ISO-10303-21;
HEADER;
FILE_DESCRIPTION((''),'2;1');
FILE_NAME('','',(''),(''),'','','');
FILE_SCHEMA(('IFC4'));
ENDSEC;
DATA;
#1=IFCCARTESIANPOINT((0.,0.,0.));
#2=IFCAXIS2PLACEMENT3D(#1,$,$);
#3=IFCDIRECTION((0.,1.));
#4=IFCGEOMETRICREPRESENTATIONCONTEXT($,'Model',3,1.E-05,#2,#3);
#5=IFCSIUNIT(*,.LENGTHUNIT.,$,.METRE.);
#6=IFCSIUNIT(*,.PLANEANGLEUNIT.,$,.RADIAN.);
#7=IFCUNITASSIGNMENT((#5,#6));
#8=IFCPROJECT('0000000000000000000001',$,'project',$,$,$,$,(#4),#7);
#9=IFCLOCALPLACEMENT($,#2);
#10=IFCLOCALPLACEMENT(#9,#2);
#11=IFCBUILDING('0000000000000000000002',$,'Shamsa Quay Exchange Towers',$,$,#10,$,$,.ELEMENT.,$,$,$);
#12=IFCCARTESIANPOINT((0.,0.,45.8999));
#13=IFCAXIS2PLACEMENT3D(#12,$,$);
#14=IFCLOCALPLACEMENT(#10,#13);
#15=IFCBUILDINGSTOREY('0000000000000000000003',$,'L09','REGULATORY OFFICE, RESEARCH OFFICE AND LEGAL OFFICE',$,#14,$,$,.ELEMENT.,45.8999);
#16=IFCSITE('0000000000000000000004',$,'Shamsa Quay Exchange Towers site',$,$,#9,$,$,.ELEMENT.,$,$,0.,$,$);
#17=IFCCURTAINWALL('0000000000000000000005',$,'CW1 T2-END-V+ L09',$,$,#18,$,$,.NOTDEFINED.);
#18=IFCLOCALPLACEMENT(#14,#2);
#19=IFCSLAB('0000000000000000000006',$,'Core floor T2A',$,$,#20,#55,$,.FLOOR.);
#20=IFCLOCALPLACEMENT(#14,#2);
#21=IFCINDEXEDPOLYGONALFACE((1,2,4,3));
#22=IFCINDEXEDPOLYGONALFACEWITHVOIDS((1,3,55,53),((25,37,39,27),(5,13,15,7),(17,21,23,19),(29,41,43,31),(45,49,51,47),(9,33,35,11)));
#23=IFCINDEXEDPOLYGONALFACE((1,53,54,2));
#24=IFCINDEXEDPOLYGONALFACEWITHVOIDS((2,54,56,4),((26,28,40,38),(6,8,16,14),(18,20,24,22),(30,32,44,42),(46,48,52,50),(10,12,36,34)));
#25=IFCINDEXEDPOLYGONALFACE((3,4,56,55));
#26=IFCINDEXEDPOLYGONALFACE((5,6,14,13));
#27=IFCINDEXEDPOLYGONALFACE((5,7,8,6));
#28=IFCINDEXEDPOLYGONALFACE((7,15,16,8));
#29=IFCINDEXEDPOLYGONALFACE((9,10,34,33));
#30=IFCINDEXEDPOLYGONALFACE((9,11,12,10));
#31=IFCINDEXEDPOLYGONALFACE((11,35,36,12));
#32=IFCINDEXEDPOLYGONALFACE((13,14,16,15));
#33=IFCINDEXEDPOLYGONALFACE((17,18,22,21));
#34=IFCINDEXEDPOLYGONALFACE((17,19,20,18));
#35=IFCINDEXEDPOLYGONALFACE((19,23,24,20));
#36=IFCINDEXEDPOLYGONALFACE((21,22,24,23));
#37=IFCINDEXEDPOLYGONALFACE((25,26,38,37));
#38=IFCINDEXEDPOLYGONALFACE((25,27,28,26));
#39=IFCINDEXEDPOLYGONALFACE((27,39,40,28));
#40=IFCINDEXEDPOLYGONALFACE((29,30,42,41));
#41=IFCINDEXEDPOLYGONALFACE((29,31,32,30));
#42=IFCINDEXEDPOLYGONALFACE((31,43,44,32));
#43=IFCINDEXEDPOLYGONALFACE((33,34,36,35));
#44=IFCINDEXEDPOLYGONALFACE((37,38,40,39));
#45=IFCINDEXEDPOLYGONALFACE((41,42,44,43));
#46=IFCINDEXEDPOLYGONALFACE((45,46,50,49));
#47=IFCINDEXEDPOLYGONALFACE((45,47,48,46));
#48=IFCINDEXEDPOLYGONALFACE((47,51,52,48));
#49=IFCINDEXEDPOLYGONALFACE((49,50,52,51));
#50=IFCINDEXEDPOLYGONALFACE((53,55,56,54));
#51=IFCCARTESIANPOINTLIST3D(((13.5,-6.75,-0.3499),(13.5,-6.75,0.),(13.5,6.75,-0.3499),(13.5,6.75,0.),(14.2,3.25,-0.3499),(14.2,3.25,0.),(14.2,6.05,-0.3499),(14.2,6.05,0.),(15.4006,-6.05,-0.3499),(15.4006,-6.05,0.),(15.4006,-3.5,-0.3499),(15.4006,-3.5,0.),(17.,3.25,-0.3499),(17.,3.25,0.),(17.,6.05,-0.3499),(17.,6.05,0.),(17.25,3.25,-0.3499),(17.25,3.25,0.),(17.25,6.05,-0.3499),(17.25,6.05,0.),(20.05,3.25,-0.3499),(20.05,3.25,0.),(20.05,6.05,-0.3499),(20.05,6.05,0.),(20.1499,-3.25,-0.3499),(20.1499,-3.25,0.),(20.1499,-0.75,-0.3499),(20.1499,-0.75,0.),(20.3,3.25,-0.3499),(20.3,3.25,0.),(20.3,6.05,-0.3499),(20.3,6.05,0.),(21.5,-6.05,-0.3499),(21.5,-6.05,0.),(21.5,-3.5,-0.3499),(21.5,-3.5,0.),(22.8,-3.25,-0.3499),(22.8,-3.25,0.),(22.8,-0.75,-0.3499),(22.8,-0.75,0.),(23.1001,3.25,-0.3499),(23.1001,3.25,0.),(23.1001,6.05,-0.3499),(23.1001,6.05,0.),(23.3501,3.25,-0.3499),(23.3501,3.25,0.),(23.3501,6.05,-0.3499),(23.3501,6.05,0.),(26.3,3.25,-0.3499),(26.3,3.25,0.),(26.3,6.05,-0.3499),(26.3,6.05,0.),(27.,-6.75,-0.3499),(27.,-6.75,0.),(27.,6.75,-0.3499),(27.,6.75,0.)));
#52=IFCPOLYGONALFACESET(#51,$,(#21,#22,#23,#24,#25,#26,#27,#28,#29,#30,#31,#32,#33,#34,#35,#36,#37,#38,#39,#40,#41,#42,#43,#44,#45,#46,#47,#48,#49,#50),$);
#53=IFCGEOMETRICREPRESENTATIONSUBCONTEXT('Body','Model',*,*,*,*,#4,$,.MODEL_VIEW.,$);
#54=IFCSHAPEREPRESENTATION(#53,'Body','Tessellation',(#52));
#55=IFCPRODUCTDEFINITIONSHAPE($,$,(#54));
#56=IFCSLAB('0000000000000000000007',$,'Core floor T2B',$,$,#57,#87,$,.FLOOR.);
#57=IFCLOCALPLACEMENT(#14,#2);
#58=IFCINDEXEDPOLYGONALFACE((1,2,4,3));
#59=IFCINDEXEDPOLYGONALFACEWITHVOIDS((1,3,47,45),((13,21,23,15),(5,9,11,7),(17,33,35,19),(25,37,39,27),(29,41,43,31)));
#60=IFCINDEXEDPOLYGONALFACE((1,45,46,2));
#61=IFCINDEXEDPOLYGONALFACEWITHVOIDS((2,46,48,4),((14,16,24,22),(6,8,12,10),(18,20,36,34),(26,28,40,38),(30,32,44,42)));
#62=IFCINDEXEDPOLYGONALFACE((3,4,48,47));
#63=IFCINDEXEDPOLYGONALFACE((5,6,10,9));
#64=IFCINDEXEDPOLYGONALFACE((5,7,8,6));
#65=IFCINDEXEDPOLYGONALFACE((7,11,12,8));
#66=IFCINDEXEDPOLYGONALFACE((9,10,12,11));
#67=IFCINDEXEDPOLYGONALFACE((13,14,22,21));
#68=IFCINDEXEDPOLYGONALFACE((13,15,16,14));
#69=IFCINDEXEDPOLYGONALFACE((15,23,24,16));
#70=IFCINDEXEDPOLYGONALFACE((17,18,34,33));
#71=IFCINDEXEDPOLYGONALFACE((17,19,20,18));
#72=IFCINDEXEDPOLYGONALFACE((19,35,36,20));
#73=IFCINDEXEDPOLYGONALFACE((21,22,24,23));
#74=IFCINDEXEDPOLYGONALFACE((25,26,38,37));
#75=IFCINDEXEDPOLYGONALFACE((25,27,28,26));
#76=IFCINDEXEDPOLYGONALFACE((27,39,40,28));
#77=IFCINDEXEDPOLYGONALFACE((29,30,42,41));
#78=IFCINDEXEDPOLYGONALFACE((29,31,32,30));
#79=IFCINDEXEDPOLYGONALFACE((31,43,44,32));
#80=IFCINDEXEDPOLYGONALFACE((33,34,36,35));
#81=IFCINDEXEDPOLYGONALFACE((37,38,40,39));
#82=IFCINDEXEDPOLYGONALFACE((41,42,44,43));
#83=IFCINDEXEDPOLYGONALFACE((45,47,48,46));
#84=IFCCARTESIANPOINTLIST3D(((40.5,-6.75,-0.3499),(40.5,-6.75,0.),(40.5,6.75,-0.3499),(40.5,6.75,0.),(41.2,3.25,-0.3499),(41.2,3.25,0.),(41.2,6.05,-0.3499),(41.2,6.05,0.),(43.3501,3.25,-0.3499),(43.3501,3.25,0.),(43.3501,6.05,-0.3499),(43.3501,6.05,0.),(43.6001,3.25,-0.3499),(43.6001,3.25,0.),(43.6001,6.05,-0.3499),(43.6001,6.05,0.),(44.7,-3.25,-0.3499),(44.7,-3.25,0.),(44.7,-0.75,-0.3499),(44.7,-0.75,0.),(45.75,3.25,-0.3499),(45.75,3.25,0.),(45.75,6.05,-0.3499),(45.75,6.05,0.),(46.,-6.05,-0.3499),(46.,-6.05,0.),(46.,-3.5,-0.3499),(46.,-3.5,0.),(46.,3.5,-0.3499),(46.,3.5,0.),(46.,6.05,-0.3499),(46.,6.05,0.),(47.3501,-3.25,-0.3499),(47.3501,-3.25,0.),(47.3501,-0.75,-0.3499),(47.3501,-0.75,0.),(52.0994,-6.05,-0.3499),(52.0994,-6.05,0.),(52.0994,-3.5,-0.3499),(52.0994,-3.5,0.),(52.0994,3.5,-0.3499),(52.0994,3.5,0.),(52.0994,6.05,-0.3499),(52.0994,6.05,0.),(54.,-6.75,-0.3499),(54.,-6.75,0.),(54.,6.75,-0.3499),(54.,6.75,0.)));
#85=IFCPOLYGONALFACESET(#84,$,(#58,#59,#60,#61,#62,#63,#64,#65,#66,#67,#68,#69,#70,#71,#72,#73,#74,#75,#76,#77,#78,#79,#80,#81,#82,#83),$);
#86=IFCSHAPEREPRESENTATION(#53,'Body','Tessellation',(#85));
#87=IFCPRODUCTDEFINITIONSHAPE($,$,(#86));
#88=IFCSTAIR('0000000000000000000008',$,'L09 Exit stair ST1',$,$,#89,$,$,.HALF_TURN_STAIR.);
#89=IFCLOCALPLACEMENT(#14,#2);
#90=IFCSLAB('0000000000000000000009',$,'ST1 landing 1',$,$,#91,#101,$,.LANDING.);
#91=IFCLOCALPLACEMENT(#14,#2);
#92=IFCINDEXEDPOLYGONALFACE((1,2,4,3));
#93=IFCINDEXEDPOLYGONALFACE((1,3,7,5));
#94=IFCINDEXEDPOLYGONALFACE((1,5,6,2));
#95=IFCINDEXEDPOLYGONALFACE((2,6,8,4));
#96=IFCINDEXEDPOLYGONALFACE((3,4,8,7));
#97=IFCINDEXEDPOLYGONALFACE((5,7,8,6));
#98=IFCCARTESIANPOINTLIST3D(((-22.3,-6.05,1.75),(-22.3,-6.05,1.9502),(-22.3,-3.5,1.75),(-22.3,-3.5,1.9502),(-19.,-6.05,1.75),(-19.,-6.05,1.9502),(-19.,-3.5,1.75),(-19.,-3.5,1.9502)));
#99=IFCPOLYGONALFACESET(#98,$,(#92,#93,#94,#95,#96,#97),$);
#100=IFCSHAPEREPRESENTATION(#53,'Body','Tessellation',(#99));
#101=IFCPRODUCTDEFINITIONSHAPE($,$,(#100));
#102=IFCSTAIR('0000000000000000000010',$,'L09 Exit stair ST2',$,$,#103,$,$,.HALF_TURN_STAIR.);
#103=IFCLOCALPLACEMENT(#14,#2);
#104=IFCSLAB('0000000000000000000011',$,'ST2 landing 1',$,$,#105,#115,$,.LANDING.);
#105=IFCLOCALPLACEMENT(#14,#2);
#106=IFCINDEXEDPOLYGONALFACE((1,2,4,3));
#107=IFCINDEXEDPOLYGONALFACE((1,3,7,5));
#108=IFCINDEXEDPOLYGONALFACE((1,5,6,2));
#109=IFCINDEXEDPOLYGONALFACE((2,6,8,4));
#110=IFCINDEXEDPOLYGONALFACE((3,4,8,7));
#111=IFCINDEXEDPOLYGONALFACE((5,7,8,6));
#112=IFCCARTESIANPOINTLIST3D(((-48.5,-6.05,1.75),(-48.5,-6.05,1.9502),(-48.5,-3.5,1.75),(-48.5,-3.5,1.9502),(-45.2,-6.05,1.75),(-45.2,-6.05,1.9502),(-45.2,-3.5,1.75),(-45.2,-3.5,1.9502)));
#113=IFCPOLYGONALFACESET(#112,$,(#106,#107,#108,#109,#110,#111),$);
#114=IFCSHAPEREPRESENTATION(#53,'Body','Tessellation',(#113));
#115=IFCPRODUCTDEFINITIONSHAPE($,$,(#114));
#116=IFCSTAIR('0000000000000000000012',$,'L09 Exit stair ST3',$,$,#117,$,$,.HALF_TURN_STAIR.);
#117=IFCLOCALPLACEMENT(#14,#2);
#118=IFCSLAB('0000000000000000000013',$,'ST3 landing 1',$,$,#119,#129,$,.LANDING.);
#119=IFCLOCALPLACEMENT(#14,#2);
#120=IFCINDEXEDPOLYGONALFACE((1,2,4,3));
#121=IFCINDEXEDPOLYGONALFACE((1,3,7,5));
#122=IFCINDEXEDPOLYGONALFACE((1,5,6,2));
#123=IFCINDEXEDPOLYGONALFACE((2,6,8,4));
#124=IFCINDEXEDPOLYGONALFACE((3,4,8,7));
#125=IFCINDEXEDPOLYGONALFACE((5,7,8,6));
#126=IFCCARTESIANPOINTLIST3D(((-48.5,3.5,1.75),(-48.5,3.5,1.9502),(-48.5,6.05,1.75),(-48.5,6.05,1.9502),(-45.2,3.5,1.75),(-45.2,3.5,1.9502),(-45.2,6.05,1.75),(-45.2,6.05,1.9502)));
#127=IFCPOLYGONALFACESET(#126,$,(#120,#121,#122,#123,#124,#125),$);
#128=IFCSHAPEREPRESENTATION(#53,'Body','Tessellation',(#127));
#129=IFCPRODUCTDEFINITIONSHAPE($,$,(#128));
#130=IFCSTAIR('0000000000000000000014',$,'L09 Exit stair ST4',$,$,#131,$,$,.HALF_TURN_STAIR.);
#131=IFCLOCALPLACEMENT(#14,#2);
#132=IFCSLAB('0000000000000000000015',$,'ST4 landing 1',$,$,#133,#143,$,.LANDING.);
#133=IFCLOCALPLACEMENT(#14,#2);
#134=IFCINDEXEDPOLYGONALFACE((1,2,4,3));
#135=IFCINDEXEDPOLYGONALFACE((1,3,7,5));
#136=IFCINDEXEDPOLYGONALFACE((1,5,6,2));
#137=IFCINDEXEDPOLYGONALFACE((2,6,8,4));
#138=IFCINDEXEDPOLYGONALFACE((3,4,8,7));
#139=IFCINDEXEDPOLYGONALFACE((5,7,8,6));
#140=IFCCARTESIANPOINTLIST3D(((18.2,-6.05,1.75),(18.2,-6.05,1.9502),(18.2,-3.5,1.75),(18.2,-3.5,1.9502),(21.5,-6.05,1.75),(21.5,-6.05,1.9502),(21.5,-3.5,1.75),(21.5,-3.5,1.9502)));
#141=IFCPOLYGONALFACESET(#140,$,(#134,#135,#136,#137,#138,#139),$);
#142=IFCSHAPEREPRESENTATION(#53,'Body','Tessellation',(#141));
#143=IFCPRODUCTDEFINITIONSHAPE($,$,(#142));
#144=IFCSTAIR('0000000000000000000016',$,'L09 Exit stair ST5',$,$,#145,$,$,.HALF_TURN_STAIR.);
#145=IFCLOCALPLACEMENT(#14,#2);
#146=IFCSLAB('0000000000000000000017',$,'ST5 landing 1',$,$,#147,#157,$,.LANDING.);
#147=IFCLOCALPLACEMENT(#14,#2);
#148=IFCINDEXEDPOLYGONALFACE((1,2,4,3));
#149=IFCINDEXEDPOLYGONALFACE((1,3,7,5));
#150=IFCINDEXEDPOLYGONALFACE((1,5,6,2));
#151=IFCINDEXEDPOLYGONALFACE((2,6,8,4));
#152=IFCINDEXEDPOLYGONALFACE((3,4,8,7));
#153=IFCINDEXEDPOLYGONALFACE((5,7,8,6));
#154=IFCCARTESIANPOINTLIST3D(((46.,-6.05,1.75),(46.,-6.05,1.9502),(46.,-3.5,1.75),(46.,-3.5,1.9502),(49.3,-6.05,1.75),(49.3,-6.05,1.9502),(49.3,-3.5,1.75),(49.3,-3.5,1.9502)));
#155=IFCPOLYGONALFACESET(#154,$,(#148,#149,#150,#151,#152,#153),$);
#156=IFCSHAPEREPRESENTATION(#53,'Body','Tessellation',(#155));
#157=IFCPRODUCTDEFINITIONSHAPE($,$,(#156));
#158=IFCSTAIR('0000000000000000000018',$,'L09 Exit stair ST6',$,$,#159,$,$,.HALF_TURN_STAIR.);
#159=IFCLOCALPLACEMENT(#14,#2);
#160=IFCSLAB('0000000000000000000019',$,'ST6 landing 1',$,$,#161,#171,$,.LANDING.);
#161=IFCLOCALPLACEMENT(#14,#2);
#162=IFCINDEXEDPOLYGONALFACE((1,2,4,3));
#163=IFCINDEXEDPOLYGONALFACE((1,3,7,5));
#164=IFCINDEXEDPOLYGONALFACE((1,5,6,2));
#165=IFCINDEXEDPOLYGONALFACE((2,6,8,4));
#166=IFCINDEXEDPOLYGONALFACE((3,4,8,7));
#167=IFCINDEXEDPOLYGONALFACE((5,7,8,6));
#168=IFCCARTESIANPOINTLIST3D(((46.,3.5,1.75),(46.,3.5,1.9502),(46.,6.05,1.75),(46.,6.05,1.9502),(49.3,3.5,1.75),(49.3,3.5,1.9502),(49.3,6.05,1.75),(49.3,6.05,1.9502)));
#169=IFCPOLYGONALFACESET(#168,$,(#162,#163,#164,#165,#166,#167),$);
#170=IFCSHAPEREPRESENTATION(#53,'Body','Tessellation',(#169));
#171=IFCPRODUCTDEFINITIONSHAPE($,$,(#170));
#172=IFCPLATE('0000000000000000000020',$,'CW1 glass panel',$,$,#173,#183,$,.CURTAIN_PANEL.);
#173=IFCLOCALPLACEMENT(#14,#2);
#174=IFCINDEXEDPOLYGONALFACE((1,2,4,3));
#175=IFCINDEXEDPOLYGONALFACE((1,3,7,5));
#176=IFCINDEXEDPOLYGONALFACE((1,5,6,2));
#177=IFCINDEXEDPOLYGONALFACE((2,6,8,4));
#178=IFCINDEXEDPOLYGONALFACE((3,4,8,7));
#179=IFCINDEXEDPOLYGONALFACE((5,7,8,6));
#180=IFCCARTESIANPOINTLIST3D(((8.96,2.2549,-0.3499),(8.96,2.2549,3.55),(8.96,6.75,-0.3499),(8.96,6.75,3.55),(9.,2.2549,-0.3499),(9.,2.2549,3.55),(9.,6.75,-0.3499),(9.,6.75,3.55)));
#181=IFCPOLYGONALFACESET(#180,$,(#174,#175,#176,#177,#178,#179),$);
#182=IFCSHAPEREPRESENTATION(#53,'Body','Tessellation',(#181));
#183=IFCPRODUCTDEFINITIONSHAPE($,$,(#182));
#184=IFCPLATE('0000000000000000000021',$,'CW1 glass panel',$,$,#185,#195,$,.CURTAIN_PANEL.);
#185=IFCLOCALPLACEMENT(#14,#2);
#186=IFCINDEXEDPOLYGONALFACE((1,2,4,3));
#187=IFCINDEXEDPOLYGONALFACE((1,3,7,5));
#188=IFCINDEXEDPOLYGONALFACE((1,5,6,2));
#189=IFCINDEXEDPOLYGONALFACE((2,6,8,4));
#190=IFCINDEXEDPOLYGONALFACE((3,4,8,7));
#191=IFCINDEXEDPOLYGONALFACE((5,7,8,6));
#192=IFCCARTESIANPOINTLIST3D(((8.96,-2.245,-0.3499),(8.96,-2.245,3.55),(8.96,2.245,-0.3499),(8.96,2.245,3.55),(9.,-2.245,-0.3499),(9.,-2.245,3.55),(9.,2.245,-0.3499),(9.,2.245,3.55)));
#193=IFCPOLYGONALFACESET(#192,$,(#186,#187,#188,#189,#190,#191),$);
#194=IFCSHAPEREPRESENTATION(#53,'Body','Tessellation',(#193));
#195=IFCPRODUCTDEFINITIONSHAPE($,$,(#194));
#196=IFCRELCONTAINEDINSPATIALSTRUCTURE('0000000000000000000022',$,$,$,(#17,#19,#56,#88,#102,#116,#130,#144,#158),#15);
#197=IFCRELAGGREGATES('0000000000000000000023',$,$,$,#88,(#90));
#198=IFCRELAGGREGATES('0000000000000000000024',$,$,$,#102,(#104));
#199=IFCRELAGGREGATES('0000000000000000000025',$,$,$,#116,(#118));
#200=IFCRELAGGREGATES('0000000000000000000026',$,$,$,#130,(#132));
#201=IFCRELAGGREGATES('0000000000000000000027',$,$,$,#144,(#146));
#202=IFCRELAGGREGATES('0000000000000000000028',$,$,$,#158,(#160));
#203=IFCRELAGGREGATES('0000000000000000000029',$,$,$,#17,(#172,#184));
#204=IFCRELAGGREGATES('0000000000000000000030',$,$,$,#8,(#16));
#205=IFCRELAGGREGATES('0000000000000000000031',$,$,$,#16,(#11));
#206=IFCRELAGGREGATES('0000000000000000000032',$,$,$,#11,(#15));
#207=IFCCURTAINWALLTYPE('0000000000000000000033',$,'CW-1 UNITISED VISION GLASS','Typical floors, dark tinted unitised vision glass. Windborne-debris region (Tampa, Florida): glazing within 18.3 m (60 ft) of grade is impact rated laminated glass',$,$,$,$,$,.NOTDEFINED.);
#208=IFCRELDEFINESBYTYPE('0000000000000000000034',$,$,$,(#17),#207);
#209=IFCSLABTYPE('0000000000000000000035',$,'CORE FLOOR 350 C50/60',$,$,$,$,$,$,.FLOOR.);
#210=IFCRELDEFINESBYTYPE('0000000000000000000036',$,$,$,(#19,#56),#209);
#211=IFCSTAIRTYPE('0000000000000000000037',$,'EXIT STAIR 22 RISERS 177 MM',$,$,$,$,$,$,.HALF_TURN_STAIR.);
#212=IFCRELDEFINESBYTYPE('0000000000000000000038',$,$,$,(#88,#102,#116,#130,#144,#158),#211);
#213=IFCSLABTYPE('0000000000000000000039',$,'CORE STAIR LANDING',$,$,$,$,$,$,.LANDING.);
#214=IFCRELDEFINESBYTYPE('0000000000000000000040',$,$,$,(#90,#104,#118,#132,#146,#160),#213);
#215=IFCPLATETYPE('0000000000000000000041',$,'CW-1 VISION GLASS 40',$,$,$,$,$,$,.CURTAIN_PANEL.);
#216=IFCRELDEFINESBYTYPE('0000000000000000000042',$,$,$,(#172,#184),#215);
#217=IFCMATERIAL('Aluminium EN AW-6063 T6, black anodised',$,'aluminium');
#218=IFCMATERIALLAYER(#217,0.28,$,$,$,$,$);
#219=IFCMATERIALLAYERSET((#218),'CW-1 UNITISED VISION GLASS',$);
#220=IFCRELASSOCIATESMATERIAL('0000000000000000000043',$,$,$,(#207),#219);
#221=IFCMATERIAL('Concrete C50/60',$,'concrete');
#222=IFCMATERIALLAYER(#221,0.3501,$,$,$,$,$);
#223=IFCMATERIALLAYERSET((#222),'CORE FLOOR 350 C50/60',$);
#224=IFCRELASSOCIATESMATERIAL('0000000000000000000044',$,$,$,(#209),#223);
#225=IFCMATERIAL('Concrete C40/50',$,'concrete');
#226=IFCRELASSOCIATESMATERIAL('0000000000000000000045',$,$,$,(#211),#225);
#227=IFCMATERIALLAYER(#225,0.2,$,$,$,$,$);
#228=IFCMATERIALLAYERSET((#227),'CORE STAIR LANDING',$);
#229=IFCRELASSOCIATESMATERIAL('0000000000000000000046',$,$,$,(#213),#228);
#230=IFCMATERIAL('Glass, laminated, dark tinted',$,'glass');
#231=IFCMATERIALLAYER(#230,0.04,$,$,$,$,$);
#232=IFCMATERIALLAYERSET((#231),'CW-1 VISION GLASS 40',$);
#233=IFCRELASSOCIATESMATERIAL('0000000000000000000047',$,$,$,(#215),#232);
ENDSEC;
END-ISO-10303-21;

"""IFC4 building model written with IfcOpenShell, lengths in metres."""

from ifc_helpers import new_model, si_unit, direction, frame, origin, origin_2d, place, context, subcontext, project, spatial, polyline, rectangle, outline, extrude, material, layer, layer_set, type_object, element, aggregate, save


model = new_model("IFC4")

# Units and contexts
model_context = context("Model", 3, precision=1e-05, world=origin(), true_north=direction((0.0, 1.0)))
body_context = subcontext(model_context, "Body", "Model", "MODEL_VIEW")
ifc_project = project(units=[si_unit("LENGTHUNIT", "METRE"), si_unit("PLANEANGLEUNIT", "RADIAN")], contexts=[model_context])

# Site, building, storey
site_placement = place(None, origin())
site = spatial("IfcSite", under=ifc_project, at=site_placement, Name="Shamsa Quay Exchange Towers site", CompositionType="ELEMENT", RefElevation=0.0)
building_placement = place(site_placement, origin())
building = spatial("IfcBuilding", under=site, at=building_placement, Name="Shamsa Quay Exchange Towers", CompositionType="ELEMENT")
storey_placement = place(building_placement, frame((0.0, 0.0, 45.8999)))
storey = spatial("IfcBuildingStorey", under=building, at=storey_placement, Name="L09", Description="REGULATORY OFFICE, RESEARCH OFFICE AND LEGAL OFFICE", CompositionType="ELEMENT", Elevation=45.8999)

# Curtain wall
ifc_material_1 = material(Name="Aluminium EN AW-6063 T6, black anodised", Category="aluminium")
ifc_layer_1 = layer(ifc_material_1, 0.28)
ifc_layer_set_1 = layer_set([ifc_layer_1], Name="CW-1 UNITISED VISION GLASS")
curtain_wall_type = type_object("IfcCurtainWallType", Name="CW-1 UNITISED VISION GLASS", Description="Typical floors, dark tinted unitised vision glass. Windborne-debris region (Tampa, Florida): glazing within 18.3 m (60 ft) of grade is impact rated laminated glass", PredefinedType="NOTDEFINED", material=ifc_layer_set_1)
curtain_wall_placement = place(storey_placement, origin())
curtain_wall = element("IfcCurtainWall", 1, at=curtain_wall_placement, inside=storey, type_object=curtain_wall_type, Name="CW1 T2-END-V+ L09", PredefinedType="NOTDEFINED")

# Slabs
ifc_material_2 = material(Name="Concrete C50/60", Category="concrete")
ifc_layer_2 = layer(ifc_material_2, 0.3501)
ifc_layer_set_2 = layer_set([ifc_layer_2], Name="CORE FLOOR 350 C50/60")
slab_type_1 = type_object("IfcSlabType", Name="CORE FLOOR 350 C50/60", PredefinedType="FLOOR", material=ifc_layer_set_2)
slab_1_placement = place(storey_placement, frame((0.0, 0.0, -0.3499)))
element("IfcSlab", 2, at=slab_1_placement, inside=storey, type_object=slab_type_1, Name="Core floor T2A", PredefinedType="FLOOR", context=body_context, shape_type="SweptSolid", body=[
    extrude(outline(polyline([(13.5, -6.75), (27.0, -6.75), (27.0, 6.75), (13.5, 6.75), (13.5, -6.75)]), holes=[polyline([(15.4006, -6.05), (15.4006, -3.5), (21.5, -3.5), (21.5, -6.05), (15.4006, -6.05)]), polyline([(14.2, 3.25), (14.2, 6.05), (17.0, 6.05), (17.0, 3.25), (14.2, 3.25)]), polyline([(17.25, 3.25), (17.25, 6.05), (20.05, 6.05), (20.05, 3.25), (17.25, 3.25)]), polyline([(20.3, 3.25), (20.3, 6.05), (23.1001, 6.05), (23.1001, 3.25), (20.3, 3.25)]), polyline([(23.3501, 3.25), (23.3501, 6.05), (26.3, 6.05), (26.3, 3.25), (23.3501, 3.25)]), polyline([(20.1499, -3.25), (20.1499, -0.75), (22.8, -0.75), (22.8, -3.25), (20.1499, -3.25)])]), origin(), (0.0, 0.0, 1.0), 0.3499),
])
slab_2_placement = place(storey_placement, frame((0.0, 0.0, -0.3499)))
element("IfcSlab", 3, at=slab_2_placement, inside=storey, type_object=slab_type_1, Name="Core floor T2B", PredefinedType="FLOOR", context=body_context, shape_type="SweptSolid", body=[
    extrude(outline(polyline([(54.0, -6.75), (54.0, 6.75), (40.5, 6.75), (40.5, -6.75), (54.0, -6.75)]), holes=[polyline([(52.0994, -3.5), (52.0994, -6.05), (46.0, -6.05), (46.0, -3.5), (52.0994, -3.5)]), polyline([(52.0994, 6.05), (52.0994, 3.5), (46.0, 3.5), (46.0, 6.05), (52.0994, 6.05)]), polyline([(45.75, 3.25), (43.6001, 3.25), (43.6001, 6.05), (45.75, 6.05), (45.75, 3.25)]), polyline([(43.3501, 3.25), (41.2, 3.25), (41.2, 6.05), (43.3501, 6.05), (43.3501, 3.25)]), polyline([(47.3501, -3.25), (44.7, -3.25), (44.7, -0.75), (47.3501, -0.75), (47.3501, -3.25)])]), origin(), (0.0, 0.0, 1.0), 0.3499),
])

# Stairs, slabs
ifc_material_3 = material(Name="Concrete C40/50", Category="concrete")
stair_type = type_object("IfcStairType", Name="EXIT STAIR 22 RISERS 177 MM", PredefinedType="HALF_TURN_STAIR", material=ifc_material_3)
stair_1_placement = place(storey_placement, origin())
stair_1 = element("IfcStair", 4, at=stair_1_placement, inside=storey, type_object=stair_type, Name="L09 Exit stair ST1", PredefinedType="HALF_TURN_STAIR")
ifc_layer_3 = layer(ifc_material_3, 0.2)
ifc_layer_set_3 = layer_set([ifc_layer_3], Name="CORE STAIR LANDING")
slab_type_2 = type_object("IfcSlabType", Name="CORE STAIR LANDING", PredefinedType="LANDING", material=ifc_layer_set_3)
slab_3_placement = place(storey_placement, frame((0.0, 0.0, 1.75)))
slab_3 = element("IfcSlab", 5, at=slab_3_placement, type_object=slab_type_2, Name="ST1 landing 1", PredefinedType="LANDING", context=body_context, shape_type="SweptSolid", body=[
    extrude(outline(polyline([(-22.3, -6.05), (-19.0, -6.05), (-19.0, -3.5), (-22.3, -3.5), (-22.3, -6.05)])), origin(), (0.0, 0.0, 1.0), 0.2002),
])
aggregate(stair_1, [slab_3])
stair_2_placement = place(storey_placement, origin())
stair_2 = element("IfcStair", 6, at=stair_2_placement, inside=storey, type_object=stair_type, Name="L09 Exit stair ST2", PredefinedType="HALF_TURN_STAIR")
slab_4_placement = place(storey_placement, frame((0.0, 0.0, 1.75)))
slab_4 = element("IfcSlab", 7, at=slab_4_placement, type_object=slab_type_2, Name="ST2 landing 1", PredefinedType="LANDING", context=body_context, shape_type="SweptSolid", body=[
    extrude(outline(polyline([(-45.2, -3.5), (-48.5, -3.5), (-48.5, -6.05), (-45.2, -6.05), (-45.2, -3.5)])), origin(), (0.0, 0.0, 1.0), 0.2002),
])
aggregate(stair_2, [slab_4])
stair_3_placement = place(storey_placement, origin())
stair_3 = element("IfcStair", 8, at=stair_3_placement, inside=storey, type_object=stair_type, Name="L09 Exit stair ST3", PredefinedType="HALF_TURN_STAIR")
slab_5_placement = place(storey_placement, frame((0.0, 0.0, 1.75)))
slab_5 = element("IfcSlab", 9, at=slab_5_placement, type_object=slab_type_2, Name="ST3 landing 1", PredefinedType="LANDING", context=body_context, shape_type="SweptSolid", body=[
    extrude(outline(polyline([(-45.2, 6.05), (-48.5, 6.05), (-48.5, 3.5), (-45.2, 3.5), (-45.2, 6.05)])), origin(), (0.0, 0.0, 1.0), 0.2002),
])
aggregate(stair_3, [slab_5])
stair_4_placement = place(storey_placement, origin())
stair_4 = element("IfcStair", 10, at=stair_4_placement, inside=storey, type_object=stair_type, Name="L09 Exit stair ST4", PredefinedType="HALF_TURN_STAIR")
slab_6_placement = place(storey_placement, frame((0.0, 0.0, 1.75)))
slab_6 = element("IfcSlab", 11, at=slab_6_placement, type_object=slab_type_2, Name="ST4 landing 1", PredefinedType="LANDING", context=body_context, shape_type="SweptSolid", body=[
    extrude(outline(polyline([(18.2, -6.05), (21.5, -6.05), (21.5, -3.5), (18.2, -3.5), (18.2, -6.05)])), origin(), (0.0, 0.0, 1.0), 0.2002),
])
aggregate(stair_4, [slab_6])
stair_5_placement = place(storey_placement, origin())
stair_5 = element("IfcStair", 12, at=stair_5_placement, inside=storey, type_object=stair_type, Name="L09 Exit stair ST5", PredefinedType="HALF_TURN_STAIR")
slab_7_placement = place(storey_placement, frame((0.0, 0.0, 1.75)))
slab_7 = element("IfcSlab", 13, at=slab_7_placement, type_object=slab_type_2, Name="ST5 landing 1", PredefinedType="LANDING", context=body_context, shape_type="SweptSolid", body=[
    extrude(outline(polyline([(49.3, -3.5), (46.0, -3.5), (46.0, -6.05), (49.3, -6.05), (49.3, -3.5)])), origin(), (0.0, 0.0, 1.0), 0.2002),
])
aggregate(stair_5, [slab_7])
stair_6_placement = place(storey_placement, origin())
stair_6 = element("IfcStair", 14, at=stair_6_placement, inside=storey, type_object=stair_type, Name="L09 Exit stair ST6", PredefinedType="HALF_TURN_STAIR")
slab_8_placement = place(storey_placement, frame((0.0, 0.0, 1.75)))
slab_8 = element("IfcSlab", 15, at=slab_8_placement, type_object=slab_type_2, Name="ST6 landing 1", PredefinedType="LANDING", context=body_context, shape_type="SweptSolid", body=[
    extrude(outline(polyline([(49.3, 6.05), (46.0, 6.05), (46.0, 3.5), (49.3, 3.5), (49.3, 6.05)])), origin(), (0.0, 0.0, 1.0), 0.2002),
])
aggregate(stair_6, [slab_8])

# Plates
ifc_material_4 = material(Name="Glass, laminated, dark tinted", Category="glass")
ifc_layer_4 = layer(ifc_material_4, 0.04)
ifc_layer_set_4 = layer_set([ifc_layer_4], Name="CW-1 VISION GLASS 40")
plate_type = type_object("IfcPlateType", Name="CW-1 VISION GLASS 40", PredefinedType="CURTAIN_PANEL", material=ifc_layer_set_4)
plate_1_placement = place(storey_placement, frame((8.98, 4.5024, -0.3499), z_axis=(0.0, 0.0, 1.0), x_axis=(0.0, -1.0, 0.0)))
plate_1 = element("IfcPlate", 16, at=plate_1_placement, type_object=plate_type, Name="CW1 glass panel", PredefinedType="CURTAIN_PANEL", context=body_context, shape_type="SweptSolid", body=[
    extrude(rectangle(XDim=4.4951, YDim=0.04, at=origin_2d()), origin(), (0.0, 0.0, 1.0), 3.8999),
])
plate_2_placement = place(storey_placement, frame((8.98, 0.0, -0.3499), z_axis=(0.0, 0.0, 1.0), x_axis=(0.0, -1.0, 0.0)))
plate_2 = element("IfcPlate", 17, at=plate_2_placement, type_object=plate_type, Name="CW1 glass panel", PredefinedType="CURTAIN_PANEL", context=body_context, shape_type="SweptSolid", body=[
    extrude(rectangle(XDim=4.49, YDim=0.04, at=origin_2d()), origin(), (0.0, 0.0, 1.0), 3.8999),
])
aggregate(curtain_wall, [plate_1, plate_2])

save(model, "model.ifc")
